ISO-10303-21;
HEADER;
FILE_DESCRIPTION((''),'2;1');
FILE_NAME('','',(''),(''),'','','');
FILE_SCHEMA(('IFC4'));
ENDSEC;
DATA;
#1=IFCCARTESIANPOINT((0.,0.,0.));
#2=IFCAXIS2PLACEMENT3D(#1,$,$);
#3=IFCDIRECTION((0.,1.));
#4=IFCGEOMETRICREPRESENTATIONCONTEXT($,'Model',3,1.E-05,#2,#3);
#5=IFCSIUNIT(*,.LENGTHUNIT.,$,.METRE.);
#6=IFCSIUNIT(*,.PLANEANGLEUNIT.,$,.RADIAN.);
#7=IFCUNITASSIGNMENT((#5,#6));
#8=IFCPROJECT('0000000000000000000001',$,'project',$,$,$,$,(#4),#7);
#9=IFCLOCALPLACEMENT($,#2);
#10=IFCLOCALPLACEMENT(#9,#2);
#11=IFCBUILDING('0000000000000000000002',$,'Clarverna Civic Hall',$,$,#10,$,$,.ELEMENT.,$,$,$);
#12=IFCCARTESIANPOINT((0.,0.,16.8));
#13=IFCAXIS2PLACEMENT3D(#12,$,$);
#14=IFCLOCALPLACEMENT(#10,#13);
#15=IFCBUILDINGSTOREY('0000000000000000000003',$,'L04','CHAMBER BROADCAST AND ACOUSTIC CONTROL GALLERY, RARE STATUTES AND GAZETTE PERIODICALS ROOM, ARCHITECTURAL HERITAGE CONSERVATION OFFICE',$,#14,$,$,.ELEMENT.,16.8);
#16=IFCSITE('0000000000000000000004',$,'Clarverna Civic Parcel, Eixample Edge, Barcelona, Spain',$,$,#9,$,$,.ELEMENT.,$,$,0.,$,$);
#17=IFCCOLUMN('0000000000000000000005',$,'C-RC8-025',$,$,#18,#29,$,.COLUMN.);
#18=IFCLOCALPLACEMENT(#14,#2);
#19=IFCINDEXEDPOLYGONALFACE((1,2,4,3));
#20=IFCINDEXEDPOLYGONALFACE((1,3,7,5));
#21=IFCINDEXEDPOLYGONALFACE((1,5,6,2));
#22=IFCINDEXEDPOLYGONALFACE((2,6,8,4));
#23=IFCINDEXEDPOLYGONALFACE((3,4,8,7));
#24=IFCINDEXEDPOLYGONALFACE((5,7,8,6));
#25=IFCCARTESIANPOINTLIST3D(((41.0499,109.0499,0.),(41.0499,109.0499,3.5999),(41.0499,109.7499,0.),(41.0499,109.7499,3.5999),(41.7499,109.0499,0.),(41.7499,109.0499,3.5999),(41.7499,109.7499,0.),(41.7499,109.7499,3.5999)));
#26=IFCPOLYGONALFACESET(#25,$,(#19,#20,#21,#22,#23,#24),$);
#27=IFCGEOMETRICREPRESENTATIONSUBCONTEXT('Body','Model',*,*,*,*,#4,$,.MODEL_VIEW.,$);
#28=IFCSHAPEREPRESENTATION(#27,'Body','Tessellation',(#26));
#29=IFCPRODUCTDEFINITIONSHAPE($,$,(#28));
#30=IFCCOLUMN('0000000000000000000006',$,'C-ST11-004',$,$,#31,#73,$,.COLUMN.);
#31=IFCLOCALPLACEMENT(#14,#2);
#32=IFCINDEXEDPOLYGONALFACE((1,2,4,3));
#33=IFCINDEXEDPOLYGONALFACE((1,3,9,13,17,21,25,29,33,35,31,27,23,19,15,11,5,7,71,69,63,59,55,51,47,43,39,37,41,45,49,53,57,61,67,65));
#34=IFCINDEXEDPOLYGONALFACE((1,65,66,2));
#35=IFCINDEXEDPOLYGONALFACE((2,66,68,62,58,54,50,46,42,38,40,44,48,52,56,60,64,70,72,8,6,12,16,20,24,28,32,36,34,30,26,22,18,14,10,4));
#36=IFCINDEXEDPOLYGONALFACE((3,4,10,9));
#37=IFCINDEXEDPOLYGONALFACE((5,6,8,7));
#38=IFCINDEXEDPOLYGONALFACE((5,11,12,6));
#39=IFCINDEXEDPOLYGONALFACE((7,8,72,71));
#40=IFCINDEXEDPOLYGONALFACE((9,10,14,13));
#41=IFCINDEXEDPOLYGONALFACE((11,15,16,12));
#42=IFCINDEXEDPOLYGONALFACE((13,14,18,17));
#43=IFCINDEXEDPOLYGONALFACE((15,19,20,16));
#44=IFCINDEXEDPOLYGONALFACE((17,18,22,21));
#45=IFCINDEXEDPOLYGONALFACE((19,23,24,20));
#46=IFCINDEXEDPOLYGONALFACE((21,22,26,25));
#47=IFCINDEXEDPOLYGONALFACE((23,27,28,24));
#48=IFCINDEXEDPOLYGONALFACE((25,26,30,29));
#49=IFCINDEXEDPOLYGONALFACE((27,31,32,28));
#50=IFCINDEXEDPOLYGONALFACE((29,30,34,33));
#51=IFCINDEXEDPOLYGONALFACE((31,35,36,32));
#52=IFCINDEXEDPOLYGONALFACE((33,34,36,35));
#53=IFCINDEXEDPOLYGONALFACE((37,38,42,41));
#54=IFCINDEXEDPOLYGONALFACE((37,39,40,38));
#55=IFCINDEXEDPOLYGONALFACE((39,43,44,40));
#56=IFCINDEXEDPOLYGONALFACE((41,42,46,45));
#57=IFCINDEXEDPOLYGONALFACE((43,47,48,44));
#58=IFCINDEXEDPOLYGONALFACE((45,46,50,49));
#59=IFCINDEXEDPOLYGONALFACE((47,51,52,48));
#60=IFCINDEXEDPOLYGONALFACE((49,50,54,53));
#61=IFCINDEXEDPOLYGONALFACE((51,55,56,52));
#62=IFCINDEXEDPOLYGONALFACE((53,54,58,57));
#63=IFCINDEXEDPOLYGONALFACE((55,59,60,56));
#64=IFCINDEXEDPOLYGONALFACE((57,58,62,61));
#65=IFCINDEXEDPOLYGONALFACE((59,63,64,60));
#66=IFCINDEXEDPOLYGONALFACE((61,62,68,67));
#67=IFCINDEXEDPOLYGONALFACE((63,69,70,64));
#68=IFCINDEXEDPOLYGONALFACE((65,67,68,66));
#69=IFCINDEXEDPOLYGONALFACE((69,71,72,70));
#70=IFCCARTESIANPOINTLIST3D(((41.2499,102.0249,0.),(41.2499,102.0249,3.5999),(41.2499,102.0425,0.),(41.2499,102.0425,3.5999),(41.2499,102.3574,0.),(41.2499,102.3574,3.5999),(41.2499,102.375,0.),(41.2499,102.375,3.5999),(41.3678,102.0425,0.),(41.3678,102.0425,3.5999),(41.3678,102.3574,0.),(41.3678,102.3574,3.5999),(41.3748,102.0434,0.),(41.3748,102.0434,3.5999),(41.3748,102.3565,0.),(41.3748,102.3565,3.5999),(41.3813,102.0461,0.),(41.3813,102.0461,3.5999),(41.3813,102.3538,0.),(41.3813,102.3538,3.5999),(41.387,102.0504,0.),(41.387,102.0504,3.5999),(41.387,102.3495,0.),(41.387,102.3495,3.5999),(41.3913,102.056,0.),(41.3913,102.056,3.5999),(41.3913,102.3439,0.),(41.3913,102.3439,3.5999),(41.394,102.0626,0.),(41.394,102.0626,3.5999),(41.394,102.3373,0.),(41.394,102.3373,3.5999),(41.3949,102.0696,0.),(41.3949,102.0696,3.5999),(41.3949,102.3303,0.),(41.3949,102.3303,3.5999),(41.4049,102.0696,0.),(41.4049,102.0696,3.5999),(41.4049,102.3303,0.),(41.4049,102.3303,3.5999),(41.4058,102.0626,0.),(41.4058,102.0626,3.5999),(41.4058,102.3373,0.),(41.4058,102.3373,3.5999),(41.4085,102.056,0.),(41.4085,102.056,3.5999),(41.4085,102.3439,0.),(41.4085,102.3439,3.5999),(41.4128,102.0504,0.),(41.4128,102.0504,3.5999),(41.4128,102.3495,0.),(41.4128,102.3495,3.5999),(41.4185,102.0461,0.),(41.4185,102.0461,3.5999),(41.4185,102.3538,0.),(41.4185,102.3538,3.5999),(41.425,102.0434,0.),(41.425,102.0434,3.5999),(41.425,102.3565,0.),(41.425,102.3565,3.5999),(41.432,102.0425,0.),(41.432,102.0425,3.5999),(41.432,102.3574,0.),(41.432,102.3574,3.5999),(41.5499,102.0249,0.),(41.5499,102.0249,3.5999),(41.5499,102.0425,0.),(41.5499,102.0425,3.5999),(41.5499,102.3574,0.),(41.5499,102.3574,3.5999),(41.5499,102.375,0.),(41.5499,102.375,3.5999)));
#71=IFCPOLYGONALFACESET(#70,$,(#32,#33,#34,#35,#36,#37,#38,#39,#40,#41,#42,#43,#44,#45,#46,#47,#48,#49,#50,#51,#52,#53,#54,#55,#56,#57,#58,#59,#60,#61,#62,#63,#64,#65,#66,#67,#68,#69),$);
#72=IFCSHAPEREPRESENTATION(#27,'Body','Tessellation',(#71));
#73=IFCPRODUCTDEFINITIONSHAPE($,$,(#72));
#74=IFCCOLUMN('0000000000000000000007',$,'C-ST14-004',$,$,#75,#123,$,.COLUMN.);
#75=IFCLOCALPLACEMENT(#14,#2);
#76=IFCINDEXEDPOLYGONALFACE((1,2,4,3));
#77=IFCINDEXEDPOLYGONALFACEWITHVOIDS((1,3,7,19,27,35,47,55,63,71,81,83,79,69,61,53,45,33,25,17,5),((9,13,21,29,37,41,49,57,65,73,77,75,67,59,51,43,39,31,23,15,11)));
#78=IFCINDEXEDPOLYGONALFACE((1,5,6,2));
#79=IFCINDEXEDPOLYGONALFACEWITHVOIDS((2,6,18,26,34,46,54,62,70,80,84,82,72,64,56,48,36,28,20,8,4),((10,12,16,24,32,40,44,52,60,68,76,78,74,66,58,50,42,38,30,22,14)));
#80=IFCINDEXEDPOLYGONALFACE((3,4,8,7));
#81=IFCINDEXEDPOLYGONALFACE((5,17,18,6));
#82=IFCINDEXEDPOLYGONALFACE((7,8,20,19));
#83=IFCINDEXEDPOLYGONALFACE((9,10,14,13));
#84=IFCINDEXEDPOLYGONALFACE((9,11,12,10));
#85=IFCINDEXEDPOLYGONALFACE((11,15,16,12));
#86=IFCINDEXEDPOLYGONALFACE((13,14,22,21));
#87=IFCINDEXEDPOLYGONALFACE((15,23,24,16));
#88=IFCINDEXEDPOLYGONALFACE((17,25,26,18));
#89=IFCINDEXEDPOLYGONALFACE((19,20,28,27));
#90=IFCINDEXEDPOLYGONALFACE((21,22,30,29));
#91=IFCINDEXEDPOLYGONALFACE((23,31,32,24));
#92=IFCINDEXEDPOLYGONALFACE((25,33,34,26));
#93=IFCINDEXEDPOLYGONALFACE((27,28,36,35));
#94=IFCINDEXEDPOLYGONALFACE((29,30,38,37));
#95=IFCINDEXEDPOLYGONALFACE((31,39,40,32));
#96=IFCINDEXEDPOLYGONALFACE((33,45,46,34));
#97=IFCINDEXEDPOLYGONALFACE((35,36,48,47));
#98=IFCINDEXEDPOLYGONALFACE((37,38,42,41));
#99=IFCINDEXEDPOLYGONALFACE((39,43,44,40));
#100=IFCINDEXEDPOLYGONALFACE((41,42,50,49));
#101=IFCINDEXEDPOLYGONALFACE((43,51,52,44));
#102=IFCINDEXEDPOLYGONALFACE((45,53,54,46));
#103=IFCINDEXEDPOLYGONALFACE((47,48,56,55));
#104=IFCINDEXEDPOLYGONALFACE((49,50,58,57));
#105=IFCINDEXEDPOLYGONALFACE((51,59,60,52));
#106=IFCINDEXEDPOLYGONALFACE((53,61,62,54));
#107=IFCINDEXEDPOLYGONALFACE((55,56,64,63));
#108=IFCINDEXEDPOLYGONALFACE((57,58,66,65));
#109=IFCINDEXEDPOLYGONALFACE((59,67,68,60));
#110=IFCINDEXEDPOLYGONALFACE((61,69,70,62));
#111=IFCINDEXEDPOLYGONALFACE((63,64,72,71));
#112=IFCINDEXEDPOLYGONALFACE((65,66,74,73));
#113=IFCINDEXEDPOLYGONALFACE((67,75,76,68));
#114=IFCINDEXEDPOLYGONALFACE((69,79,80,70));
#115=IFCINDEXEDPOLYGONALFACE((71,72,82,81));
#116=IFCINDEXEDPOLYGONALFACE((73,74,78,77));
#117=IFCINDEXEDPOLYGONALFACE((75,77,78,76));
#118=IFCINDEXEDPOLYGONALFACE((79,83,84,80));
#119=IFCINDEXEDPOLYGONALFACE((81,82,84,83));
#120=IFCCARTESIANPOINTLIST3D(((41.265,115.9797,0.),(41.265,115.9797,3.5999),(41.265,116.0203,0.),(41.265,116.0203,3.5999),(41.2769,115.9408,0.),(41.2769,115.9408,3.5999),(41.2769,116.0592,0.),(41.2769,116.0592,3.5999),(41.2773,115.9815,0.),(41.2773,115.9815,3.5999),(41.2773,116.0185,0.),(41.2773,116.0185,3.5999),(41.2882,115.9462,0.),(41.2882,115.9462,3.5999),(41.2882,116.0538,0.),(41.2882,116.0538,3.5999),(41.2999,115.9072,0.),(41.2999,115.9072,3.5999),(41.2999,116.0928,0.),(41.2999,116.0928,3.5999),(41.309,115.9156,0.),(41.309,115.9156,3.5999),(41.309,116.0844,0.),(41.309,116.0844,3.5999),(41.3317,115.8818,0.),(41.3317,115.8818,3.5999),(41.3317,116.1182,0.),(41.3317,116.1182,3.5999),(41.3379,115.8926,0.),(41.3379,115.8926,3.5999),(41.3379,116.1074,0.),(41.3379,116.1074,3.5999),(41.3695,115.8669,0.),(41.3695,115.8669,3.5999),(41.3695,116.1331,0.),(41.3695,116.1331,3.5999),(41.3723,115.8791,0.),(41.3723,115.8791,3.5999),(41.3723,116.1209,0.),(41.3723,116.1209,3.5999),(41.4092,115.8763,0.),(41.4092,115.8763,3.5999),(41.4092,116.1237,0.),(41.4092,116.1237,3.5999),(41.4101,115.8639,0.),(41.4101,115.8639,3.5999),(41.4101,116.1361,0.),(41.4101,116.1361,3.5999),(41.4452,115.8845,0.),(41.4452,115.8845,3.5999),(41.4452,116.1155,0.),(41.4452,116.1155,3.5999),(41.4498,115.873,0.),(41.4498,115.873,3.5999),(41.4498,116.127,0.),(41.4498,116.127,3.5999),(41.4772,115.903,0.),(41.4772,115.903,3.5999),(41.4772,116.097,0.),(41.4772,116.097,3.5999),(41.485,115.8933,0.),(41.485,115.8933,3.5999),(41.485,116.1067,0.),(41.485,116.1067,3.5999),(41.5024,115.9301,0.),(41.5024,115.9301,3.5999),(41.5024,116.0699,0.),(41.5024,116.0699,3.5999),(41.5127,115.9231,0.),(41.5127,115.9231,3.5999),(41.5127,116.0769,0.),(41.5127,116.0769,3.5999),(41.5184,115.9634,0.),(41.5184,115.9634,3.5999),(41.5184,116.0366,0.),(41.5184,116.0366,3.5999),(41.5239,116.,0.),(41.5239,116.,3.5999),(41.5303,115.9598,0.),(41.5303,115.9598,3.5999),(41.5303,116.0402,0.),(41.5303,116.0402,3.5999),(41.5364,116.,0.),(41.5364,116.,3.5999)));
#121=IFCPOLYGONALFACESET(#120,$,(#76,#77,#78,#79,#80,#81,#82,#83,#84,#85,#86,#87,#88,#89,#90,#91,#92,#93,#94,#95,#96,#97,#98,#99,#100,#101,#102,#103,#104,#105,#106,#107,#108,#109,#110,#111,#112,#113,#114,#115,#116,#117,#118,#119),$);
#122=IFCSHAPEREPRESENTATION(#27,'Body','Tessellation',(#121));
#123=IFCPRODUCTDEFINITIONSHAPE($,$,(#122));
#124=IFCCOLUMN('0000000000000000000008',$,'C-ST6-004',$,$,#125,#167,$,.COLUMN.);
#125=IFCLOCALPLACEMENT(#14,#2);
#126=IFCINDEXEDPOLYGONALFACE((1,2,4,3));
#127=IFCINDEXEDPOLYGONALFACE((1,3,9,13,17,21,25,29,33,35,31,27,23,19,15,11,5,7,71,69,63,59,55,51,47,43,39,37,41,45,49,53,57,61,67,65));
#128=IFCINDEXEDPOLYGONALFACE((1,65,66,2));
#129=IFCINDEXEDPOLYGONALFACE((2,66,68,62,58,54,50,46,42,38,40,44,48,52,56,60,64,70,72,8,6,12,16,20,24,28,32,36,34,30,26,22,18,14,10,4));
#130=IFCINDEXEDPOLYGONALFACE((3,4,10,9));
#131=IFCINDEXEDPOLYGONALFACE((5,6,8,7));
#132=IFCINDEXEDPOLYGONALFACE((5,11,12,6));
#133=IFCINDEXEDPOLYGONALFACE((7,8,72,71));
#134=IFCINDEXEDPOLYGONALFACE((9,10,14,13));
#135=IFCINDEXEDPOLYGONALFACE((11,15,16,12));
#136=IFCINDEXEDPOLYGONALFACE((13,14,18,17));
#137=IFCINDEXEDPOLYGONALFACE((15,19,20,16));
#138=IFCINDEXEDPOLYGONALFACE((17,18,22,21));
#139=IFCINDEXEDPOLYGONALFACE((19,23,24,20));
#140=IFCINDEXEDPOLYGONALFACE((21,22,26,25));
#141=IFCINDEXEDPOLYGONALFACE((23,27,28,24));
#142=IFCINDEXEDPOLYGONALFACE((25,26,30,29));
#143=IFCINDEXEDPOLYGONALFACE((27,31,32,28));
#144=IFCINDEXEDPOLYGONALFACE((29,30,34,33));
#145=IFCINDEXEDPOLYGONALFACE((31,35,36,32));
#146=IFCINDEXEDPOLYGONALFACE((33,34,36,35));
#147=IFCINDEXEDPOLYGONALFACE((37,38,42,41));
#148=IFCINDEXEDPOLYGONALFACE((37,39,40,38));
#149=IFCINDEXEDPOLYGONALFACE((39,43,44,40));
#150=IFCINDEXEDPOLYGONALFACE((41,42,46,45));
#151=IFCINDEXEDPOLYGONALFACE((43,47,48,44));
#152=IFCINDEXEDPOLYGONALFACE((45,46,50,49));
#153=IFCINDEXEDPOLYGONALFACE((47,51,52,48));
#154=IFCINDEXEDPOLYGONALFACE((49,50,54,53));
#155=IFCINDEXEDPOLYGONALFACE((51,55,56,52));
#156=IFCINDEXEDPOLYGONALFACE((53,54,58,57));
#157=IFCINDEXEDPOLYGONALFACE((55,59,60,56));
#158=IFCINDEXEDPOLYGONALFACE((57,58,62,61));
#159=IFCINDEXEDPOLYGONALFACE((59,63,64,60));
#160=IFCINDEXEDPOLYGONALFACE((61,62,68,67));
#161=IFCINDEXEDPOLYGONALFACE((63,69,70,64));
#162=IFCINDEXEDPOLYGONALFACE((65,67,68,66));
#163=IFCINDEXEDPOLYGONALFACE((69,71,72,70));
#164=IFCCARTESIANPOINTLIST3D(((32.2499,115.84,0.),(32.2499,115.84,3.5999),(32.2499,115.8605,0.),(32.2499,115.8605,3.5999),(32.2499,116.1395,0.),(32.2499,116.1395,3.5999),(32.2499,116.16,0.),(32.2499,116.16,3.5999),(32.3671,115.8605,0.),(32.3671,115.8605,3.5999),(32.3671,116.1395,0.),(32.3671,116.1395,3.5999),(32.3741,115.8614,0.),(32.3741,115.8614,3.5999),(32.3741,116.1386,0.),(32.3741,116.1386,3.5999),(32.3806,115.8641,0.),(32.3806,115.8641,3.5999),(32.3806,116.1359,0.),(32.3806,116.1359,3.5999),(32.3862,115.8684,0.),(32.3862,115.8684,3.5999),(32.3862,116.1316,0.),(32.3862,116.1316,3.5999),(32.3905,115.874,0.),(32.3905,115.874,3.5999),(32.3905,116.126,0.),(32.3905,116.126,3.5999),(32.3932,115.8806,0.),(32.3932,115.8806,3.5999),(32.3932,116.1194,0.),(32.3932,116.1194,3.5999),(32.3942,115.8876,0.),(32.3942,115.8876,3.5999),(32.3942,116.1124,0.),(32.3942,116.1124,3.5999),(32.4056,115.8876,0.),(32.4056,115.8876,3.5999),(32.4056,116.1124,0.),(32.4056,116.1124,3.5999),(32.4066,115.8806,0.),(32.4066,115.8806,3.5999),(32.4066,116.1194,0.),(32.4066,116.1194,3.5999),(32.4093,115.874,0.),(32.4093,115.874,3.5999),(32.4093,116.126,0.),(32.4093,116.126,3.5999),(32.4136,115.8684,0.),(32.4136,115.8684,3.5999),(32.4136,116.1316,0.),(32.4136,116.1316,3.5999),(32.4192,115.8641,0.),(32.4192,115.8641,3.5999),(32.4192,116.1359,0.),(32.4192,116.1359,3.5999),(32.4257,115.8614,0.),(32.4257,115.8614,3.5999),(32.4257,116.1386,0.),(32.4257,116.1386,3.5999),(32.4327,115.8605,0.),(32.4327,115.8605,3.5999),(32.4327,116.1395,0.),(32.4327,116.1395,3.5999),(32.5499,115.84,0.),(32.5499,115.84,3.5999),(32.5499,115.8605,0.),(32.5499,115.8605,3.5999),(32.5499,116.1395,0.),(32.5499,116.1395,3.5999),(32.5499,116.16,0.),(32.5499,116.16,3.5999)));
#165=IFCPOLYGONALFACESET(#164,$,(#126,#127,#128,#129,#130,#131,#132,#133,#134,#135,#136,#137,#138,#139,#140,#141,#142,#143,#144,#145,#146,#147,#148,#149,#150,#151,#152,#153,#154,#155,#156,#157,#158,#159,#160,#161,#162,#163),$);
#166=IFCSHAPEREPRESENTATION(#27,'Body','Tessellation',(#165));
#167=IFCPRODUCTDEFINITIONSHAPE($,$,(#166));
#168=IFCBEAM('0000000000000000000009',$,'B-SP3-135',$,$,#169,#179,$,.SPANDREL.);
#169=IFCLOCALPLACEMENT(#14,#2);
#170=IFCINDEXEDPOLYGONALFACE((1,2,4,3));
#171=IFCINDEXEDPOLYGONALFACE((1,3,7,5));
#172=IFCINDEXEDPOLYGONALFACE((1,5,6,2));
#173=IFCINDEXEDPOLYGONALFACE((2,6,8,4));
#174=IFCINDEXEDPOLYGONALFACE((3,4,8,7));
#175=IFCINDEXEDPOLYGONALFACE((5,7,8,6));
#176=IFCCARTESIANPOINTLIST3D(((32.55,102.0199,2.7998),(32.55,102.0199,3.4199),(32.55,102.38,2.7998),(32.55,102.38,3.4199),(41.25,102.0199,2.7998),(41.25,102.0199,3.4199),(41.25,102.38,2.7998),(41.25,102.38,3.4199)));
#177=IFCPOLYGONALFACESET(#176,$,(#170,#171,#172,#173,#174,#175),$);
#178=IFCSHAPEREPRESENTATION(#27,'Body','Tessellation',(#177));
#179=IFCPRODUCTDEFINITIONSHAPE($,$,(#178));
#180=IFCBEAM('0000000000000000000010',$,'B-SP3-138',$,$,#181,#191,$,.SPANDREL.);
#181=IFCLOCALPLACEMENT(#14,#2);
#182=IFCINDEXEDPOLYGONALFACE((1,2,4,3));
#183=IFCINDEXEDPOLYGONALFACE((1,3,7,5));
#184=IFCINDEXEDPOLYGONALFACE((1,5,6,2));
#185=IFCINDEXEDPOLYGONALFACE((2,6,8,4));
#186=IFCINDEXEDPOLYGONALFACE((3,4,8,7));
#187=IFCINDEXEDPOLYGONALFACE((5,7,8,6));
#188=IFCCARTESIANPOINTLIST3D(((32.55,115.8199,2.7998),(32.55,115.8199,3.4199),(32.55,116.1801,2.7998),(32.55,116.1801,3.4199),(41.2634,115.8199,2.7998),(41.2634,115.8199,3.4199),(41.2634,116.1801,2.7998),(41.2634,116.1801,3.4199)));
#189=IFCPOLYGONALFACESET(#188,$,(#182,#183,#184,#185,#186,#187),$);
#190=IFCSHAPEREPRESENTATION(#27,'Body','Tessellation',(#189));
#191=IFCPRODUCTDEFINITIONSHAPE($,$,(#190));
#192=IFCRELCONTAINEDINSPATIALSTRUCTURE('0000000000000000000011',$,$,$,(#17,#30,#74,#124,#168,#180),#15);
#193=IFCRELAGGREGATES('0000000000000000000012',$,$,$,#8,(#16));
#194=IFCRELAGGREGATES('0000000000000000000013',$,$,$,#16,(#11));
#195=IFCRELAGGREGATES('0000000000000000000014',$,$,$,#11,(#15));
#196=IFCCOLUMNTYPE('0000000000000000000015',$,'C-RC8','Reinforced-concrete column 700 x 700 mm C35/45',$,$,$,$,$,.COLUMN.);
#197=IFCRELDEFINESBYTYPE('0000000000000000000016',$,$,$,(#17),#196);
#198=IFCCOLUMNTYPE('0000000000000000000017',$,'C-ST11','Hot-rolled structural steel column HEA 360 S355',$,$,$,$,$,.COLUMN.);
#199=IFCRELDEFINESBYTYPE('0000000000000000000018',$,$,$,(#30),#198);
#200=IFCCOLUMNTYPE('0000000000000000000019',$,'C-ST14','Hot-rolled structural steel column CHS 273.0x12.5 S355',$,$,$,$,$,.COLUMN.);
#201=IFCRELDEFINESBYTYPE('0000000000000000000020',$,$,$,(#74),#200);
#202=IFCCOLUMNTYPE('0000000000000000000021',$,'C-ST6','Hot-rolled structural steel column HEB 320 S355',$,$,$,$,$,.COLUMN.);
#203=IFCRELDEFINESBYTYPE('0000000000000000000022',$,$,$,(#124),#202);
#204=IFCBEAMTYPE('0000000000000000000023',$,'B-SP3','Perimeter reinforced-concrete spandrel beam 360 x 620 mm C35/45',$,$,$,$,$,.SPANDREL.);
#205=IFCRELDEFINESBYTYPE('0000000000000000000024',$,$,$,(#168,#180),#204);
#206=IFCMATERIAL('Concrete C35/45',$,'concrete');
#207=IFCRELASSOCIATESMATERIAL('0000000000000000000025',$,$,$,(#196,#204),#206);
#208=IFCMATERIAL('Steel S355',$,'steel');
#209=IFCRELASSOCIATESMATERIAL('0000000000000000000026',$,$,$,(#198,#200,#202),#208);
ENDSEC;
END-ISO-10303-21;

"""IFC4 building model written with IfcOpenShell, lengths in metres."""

from ifc_helpers import new_model, si_unit, direction, frame, origin, origin_2d, place, context, subcontext, project, spatial, rectangle, hollow_circle, i_section, extrude, material, material_profile, profile_set, type_object, element, save


model = new_model("IFC4")

# Units and contexts
model_context = context("Model", 3, precision=1e-05, world=origin(), true_north=direction((0.0, 1.0)))
body_context = subcontext(model_context, "Body", "Model", "MODEL_VIEW")
ifc_project = project(units=[si_unit("LENGTHUNIT", "METRE"), si_unit("PLANEANGLEUNIT", "RADIAN")], contexts=[model_context])

# Site, building, storey
site_placement = place(None, origin())
site = spatial("IfcSite", under=ifc_project, at=site_placement, Name="Clarverna Civic Parcel, Eixample Edge, Barcelona, Spain", CompositionType="ELEMENT", RefElevation=0.0)
building_placement = place(site_placement, origin())
building = spatial("IfcBuilding", under=site, at=building_placement, Name="Clarverna Civic Hall", CompositionType="ELEMENT")
storey_placement = place(building_placement, frame((0.0, 0.0, 16.8)))
storey = spatial("IfcBuildingStorey", under=building, at=storey_placement, Name="L04", Description="CHAMBER BROADCAST AND ACOUSTIC CONTROL GALLERY, RARE STATUTES AND GAZETTE PERIODICALS ROOM, ARCHITECTURAL HERITAGE CONSERVATION OFFICE", CompositionType="ELEMENT", Elevation=16.8)

# Columns
ifc_material_1 = material(Name="Concrete C35/45", Category="concrete")
ifc_material_profile_1 = material_profile(ifc_material_1, rectangle(XDim=0.7, YDim=0.7, at=origin_2d()), Name="RC 700x700")
ifc_profile_set_1 = profile_set([ifc_material_profile_1], Name="Concrete C35/45")
column_type_1 = type_object("IfcColumnType", Name="C-RC8", Description="Reinforced-concrete column 700 x 700 mm C35/45", PredefinedType="COLUMN", material=ifc_profile_set_1)
column_1_placement = place(storey_placement, frame((41.3999, 109.3999, 0.0), z_axis=(0.0, 0.0, 1.0), x_axis=(1.0, 0.0, 0.0)))
element("IfcColumn", 1, at=column_1_placement, inside=storey, type_object=column_type_1, Name="C-RC8-025", PredefinedType="COLUMN", context=body_context, shape_type="SweptSolid", body=[
    extrude(rectangle(XDim=0.7, YDim=0.7, at=origin_2d()), origin(), (0.0, 0.0, 1.0), 3.5999),
])
ifc_material_2 = material(Name="Steel S355", Category="steel")
ifc_material_profile_2 = material_profile(ifc_material_2, i_section(OverallWidth=0.3, OverallDepth=0.3501, WebThickness=0.01, FlangeThickness=0.0176, FilletRadius=0.0271, at=origin_2d()), Name="HEA 360")
ifc_profile_set_2 = profile_set([ifc_material_profile_2], Name="Steel S355")
column_type_2 = type_object("IfcColumnType", Name="C-ST11", Description="Hot-rolled structural steel column HEA 360 S355", PredefinedType="COLUMN", material=ifc_profile_set_2)
column_2_placement = place(storey_placement, frame((41.3999, 102.2, 0.0), z_axis=(0.0, 0.0, 1.0), x_axis=(1.0, 0.0, 0.0)))
element("IfcColumn", 2, at=column_2_placement, inside=storey, type_object=column_type_2, Name="C-ST11-004", PredefinedType="COLUMN", context=body_context, shape_type="SweptSolid", body=[
    extrude(i_section(OverallWidth=0.3, OverallDepth=0.3501, WebThickness=0.01, FlangeThickness=0.0176, FilletRadius=0.0271, at=origin_2d()), origin(), (0.0, 0.0, 1.0), 3.5999),
])
ifc_material_profile_3 = material_profile(ifc_material_2, hollow_circle(Radius=0.1365, WallThickness=0.0125, at=origin_2d()), Name="CHS 273.0x12.5")
ifc_profile_set_3 = profile_set([ifc_material_profile_3], Name="Steel S355")
column_type_3 = type_object("IfcColumnType", Name="C-ST14", Description="Hot-rolled structural steel column CHS 273.0x12.5 S355", PredefinedType="COLUMN", material=ifc_profile_set_3)
column_3_placement = place(storey_placement, frame((41.3999, 116.0, 0.0), z_axis=(0.0, 0.0, 1.0), x_axis=(1.0, 0.0, 0.0)))
element("IfcColumn", 3, at=column_3_placement, inside=storey, type_object=column_type_3, Name="C-ST14-004", PredefinedType="COLUMN", context=body_context, shape_type="SweptSolid", body=[
    extrude(hollow_circle(Radius=0.1365, WallThickness=0.0125, at=origin_2d()), origin(), (0.0, 0.0, 1.0), 3.5999),
])
ifc_material_profile_4 = material_profile(ifc_material_2, i_section(OverallWidth=0.3, OverallDepth=0.3201, WebThickness=0.0115, FlangeThickness=0.0205, FilletRadius=0.0271, at=origin_2d()), Name="HEB 320")
ifc_profile_set_4 = profile_set([ifc_material_profile_4], Name="Steel S355")
column_type_4 = type_object("IfcColumnType", Name="C-ST6", Description="Hot-rolled structural steel column HEB 320 S355", PredefinedType="COLUMN", material=ifc_profile_set_4)
column_4_placement = place(storey_placement, frame((32.3999, 116.0, 0.0), z_axis=(0.0, 0.0, 1.0), x_axis=(1.0, 0.0, 0.0)))
element("IfcColumn", 4, at=column_4_placement, inside=storey, type_object=column_type_4, Name="C-ST6-004", PredefinedType="COLUMN", context=body_context, shape_type="SweptSolid", body=[
    extrude(i_section(OverallWidth=0.3, OverallDepth=0.3201, WebThickness=0.0115, FlangeThickness=0.0205, FilletRadius=0.0271, at=origin_2d()), origin(), (0.0, 0.0, 1.0), 3.5999),
])

# Beams
ifc_material_profile_5 = material_profile(ifc_material_1, rectangle(XDim=0.3601, YDim=0.6201, at=origin_2d()), Name="RC 360x620")
ifc_profile_set_5 = profile_set([ifc_material_profile_5], Name="Concrete C35/45")
beam_type_1 = type_object("IfcBeamType", Name="B-SP3", Description="Perimeter reinforced-concrete spandrel beam 360 x 620 mm C35/45", PredefinedType="SPANDREL", material=ifc_profile_set_5)
beam_1_placement = place(storey_placement, frame((32.55, 102.2, 3.1099), z_axis=(1.0, 0.0, 0.0), x_axis=(0.0, 1.0, 0.0)))
element("IfcBeam", 5, at=beam_1_placement, inside=storey, type_object=beam_type_1, Name="B-SP3-135", PredefinedType="SPANDREL", context=body_context, shape_type="SweptSolid", body=[
    extrude(rectangle(XDim=0.3601, YDim=0.6201, at=origin_2d()), origin(), (0.0, 0.0, 1.0), 8.7),
])
beam_2_placement = place(storey_placement, frame((32.55, 116.0, 3.1099), z_axis=(1.0, 0.0, 0.0), x_axis=(0.0, 1.0, 0.0)))
element("IfcBeam", 6, at=beam_2_placement, inside=storey, type_object=beam_type_1, Name="B-SP3-138", PredefinedType="SPANDREL", context=body_context, shape_type="SweptSolid", body=[
    extrude(rectangle(XDim=0.3601, YDim=0.6201, at=origin_2d()), origin(), (0.0, 0.0, 1.0), 8.7134),
])

save(model, "model.ifc")
